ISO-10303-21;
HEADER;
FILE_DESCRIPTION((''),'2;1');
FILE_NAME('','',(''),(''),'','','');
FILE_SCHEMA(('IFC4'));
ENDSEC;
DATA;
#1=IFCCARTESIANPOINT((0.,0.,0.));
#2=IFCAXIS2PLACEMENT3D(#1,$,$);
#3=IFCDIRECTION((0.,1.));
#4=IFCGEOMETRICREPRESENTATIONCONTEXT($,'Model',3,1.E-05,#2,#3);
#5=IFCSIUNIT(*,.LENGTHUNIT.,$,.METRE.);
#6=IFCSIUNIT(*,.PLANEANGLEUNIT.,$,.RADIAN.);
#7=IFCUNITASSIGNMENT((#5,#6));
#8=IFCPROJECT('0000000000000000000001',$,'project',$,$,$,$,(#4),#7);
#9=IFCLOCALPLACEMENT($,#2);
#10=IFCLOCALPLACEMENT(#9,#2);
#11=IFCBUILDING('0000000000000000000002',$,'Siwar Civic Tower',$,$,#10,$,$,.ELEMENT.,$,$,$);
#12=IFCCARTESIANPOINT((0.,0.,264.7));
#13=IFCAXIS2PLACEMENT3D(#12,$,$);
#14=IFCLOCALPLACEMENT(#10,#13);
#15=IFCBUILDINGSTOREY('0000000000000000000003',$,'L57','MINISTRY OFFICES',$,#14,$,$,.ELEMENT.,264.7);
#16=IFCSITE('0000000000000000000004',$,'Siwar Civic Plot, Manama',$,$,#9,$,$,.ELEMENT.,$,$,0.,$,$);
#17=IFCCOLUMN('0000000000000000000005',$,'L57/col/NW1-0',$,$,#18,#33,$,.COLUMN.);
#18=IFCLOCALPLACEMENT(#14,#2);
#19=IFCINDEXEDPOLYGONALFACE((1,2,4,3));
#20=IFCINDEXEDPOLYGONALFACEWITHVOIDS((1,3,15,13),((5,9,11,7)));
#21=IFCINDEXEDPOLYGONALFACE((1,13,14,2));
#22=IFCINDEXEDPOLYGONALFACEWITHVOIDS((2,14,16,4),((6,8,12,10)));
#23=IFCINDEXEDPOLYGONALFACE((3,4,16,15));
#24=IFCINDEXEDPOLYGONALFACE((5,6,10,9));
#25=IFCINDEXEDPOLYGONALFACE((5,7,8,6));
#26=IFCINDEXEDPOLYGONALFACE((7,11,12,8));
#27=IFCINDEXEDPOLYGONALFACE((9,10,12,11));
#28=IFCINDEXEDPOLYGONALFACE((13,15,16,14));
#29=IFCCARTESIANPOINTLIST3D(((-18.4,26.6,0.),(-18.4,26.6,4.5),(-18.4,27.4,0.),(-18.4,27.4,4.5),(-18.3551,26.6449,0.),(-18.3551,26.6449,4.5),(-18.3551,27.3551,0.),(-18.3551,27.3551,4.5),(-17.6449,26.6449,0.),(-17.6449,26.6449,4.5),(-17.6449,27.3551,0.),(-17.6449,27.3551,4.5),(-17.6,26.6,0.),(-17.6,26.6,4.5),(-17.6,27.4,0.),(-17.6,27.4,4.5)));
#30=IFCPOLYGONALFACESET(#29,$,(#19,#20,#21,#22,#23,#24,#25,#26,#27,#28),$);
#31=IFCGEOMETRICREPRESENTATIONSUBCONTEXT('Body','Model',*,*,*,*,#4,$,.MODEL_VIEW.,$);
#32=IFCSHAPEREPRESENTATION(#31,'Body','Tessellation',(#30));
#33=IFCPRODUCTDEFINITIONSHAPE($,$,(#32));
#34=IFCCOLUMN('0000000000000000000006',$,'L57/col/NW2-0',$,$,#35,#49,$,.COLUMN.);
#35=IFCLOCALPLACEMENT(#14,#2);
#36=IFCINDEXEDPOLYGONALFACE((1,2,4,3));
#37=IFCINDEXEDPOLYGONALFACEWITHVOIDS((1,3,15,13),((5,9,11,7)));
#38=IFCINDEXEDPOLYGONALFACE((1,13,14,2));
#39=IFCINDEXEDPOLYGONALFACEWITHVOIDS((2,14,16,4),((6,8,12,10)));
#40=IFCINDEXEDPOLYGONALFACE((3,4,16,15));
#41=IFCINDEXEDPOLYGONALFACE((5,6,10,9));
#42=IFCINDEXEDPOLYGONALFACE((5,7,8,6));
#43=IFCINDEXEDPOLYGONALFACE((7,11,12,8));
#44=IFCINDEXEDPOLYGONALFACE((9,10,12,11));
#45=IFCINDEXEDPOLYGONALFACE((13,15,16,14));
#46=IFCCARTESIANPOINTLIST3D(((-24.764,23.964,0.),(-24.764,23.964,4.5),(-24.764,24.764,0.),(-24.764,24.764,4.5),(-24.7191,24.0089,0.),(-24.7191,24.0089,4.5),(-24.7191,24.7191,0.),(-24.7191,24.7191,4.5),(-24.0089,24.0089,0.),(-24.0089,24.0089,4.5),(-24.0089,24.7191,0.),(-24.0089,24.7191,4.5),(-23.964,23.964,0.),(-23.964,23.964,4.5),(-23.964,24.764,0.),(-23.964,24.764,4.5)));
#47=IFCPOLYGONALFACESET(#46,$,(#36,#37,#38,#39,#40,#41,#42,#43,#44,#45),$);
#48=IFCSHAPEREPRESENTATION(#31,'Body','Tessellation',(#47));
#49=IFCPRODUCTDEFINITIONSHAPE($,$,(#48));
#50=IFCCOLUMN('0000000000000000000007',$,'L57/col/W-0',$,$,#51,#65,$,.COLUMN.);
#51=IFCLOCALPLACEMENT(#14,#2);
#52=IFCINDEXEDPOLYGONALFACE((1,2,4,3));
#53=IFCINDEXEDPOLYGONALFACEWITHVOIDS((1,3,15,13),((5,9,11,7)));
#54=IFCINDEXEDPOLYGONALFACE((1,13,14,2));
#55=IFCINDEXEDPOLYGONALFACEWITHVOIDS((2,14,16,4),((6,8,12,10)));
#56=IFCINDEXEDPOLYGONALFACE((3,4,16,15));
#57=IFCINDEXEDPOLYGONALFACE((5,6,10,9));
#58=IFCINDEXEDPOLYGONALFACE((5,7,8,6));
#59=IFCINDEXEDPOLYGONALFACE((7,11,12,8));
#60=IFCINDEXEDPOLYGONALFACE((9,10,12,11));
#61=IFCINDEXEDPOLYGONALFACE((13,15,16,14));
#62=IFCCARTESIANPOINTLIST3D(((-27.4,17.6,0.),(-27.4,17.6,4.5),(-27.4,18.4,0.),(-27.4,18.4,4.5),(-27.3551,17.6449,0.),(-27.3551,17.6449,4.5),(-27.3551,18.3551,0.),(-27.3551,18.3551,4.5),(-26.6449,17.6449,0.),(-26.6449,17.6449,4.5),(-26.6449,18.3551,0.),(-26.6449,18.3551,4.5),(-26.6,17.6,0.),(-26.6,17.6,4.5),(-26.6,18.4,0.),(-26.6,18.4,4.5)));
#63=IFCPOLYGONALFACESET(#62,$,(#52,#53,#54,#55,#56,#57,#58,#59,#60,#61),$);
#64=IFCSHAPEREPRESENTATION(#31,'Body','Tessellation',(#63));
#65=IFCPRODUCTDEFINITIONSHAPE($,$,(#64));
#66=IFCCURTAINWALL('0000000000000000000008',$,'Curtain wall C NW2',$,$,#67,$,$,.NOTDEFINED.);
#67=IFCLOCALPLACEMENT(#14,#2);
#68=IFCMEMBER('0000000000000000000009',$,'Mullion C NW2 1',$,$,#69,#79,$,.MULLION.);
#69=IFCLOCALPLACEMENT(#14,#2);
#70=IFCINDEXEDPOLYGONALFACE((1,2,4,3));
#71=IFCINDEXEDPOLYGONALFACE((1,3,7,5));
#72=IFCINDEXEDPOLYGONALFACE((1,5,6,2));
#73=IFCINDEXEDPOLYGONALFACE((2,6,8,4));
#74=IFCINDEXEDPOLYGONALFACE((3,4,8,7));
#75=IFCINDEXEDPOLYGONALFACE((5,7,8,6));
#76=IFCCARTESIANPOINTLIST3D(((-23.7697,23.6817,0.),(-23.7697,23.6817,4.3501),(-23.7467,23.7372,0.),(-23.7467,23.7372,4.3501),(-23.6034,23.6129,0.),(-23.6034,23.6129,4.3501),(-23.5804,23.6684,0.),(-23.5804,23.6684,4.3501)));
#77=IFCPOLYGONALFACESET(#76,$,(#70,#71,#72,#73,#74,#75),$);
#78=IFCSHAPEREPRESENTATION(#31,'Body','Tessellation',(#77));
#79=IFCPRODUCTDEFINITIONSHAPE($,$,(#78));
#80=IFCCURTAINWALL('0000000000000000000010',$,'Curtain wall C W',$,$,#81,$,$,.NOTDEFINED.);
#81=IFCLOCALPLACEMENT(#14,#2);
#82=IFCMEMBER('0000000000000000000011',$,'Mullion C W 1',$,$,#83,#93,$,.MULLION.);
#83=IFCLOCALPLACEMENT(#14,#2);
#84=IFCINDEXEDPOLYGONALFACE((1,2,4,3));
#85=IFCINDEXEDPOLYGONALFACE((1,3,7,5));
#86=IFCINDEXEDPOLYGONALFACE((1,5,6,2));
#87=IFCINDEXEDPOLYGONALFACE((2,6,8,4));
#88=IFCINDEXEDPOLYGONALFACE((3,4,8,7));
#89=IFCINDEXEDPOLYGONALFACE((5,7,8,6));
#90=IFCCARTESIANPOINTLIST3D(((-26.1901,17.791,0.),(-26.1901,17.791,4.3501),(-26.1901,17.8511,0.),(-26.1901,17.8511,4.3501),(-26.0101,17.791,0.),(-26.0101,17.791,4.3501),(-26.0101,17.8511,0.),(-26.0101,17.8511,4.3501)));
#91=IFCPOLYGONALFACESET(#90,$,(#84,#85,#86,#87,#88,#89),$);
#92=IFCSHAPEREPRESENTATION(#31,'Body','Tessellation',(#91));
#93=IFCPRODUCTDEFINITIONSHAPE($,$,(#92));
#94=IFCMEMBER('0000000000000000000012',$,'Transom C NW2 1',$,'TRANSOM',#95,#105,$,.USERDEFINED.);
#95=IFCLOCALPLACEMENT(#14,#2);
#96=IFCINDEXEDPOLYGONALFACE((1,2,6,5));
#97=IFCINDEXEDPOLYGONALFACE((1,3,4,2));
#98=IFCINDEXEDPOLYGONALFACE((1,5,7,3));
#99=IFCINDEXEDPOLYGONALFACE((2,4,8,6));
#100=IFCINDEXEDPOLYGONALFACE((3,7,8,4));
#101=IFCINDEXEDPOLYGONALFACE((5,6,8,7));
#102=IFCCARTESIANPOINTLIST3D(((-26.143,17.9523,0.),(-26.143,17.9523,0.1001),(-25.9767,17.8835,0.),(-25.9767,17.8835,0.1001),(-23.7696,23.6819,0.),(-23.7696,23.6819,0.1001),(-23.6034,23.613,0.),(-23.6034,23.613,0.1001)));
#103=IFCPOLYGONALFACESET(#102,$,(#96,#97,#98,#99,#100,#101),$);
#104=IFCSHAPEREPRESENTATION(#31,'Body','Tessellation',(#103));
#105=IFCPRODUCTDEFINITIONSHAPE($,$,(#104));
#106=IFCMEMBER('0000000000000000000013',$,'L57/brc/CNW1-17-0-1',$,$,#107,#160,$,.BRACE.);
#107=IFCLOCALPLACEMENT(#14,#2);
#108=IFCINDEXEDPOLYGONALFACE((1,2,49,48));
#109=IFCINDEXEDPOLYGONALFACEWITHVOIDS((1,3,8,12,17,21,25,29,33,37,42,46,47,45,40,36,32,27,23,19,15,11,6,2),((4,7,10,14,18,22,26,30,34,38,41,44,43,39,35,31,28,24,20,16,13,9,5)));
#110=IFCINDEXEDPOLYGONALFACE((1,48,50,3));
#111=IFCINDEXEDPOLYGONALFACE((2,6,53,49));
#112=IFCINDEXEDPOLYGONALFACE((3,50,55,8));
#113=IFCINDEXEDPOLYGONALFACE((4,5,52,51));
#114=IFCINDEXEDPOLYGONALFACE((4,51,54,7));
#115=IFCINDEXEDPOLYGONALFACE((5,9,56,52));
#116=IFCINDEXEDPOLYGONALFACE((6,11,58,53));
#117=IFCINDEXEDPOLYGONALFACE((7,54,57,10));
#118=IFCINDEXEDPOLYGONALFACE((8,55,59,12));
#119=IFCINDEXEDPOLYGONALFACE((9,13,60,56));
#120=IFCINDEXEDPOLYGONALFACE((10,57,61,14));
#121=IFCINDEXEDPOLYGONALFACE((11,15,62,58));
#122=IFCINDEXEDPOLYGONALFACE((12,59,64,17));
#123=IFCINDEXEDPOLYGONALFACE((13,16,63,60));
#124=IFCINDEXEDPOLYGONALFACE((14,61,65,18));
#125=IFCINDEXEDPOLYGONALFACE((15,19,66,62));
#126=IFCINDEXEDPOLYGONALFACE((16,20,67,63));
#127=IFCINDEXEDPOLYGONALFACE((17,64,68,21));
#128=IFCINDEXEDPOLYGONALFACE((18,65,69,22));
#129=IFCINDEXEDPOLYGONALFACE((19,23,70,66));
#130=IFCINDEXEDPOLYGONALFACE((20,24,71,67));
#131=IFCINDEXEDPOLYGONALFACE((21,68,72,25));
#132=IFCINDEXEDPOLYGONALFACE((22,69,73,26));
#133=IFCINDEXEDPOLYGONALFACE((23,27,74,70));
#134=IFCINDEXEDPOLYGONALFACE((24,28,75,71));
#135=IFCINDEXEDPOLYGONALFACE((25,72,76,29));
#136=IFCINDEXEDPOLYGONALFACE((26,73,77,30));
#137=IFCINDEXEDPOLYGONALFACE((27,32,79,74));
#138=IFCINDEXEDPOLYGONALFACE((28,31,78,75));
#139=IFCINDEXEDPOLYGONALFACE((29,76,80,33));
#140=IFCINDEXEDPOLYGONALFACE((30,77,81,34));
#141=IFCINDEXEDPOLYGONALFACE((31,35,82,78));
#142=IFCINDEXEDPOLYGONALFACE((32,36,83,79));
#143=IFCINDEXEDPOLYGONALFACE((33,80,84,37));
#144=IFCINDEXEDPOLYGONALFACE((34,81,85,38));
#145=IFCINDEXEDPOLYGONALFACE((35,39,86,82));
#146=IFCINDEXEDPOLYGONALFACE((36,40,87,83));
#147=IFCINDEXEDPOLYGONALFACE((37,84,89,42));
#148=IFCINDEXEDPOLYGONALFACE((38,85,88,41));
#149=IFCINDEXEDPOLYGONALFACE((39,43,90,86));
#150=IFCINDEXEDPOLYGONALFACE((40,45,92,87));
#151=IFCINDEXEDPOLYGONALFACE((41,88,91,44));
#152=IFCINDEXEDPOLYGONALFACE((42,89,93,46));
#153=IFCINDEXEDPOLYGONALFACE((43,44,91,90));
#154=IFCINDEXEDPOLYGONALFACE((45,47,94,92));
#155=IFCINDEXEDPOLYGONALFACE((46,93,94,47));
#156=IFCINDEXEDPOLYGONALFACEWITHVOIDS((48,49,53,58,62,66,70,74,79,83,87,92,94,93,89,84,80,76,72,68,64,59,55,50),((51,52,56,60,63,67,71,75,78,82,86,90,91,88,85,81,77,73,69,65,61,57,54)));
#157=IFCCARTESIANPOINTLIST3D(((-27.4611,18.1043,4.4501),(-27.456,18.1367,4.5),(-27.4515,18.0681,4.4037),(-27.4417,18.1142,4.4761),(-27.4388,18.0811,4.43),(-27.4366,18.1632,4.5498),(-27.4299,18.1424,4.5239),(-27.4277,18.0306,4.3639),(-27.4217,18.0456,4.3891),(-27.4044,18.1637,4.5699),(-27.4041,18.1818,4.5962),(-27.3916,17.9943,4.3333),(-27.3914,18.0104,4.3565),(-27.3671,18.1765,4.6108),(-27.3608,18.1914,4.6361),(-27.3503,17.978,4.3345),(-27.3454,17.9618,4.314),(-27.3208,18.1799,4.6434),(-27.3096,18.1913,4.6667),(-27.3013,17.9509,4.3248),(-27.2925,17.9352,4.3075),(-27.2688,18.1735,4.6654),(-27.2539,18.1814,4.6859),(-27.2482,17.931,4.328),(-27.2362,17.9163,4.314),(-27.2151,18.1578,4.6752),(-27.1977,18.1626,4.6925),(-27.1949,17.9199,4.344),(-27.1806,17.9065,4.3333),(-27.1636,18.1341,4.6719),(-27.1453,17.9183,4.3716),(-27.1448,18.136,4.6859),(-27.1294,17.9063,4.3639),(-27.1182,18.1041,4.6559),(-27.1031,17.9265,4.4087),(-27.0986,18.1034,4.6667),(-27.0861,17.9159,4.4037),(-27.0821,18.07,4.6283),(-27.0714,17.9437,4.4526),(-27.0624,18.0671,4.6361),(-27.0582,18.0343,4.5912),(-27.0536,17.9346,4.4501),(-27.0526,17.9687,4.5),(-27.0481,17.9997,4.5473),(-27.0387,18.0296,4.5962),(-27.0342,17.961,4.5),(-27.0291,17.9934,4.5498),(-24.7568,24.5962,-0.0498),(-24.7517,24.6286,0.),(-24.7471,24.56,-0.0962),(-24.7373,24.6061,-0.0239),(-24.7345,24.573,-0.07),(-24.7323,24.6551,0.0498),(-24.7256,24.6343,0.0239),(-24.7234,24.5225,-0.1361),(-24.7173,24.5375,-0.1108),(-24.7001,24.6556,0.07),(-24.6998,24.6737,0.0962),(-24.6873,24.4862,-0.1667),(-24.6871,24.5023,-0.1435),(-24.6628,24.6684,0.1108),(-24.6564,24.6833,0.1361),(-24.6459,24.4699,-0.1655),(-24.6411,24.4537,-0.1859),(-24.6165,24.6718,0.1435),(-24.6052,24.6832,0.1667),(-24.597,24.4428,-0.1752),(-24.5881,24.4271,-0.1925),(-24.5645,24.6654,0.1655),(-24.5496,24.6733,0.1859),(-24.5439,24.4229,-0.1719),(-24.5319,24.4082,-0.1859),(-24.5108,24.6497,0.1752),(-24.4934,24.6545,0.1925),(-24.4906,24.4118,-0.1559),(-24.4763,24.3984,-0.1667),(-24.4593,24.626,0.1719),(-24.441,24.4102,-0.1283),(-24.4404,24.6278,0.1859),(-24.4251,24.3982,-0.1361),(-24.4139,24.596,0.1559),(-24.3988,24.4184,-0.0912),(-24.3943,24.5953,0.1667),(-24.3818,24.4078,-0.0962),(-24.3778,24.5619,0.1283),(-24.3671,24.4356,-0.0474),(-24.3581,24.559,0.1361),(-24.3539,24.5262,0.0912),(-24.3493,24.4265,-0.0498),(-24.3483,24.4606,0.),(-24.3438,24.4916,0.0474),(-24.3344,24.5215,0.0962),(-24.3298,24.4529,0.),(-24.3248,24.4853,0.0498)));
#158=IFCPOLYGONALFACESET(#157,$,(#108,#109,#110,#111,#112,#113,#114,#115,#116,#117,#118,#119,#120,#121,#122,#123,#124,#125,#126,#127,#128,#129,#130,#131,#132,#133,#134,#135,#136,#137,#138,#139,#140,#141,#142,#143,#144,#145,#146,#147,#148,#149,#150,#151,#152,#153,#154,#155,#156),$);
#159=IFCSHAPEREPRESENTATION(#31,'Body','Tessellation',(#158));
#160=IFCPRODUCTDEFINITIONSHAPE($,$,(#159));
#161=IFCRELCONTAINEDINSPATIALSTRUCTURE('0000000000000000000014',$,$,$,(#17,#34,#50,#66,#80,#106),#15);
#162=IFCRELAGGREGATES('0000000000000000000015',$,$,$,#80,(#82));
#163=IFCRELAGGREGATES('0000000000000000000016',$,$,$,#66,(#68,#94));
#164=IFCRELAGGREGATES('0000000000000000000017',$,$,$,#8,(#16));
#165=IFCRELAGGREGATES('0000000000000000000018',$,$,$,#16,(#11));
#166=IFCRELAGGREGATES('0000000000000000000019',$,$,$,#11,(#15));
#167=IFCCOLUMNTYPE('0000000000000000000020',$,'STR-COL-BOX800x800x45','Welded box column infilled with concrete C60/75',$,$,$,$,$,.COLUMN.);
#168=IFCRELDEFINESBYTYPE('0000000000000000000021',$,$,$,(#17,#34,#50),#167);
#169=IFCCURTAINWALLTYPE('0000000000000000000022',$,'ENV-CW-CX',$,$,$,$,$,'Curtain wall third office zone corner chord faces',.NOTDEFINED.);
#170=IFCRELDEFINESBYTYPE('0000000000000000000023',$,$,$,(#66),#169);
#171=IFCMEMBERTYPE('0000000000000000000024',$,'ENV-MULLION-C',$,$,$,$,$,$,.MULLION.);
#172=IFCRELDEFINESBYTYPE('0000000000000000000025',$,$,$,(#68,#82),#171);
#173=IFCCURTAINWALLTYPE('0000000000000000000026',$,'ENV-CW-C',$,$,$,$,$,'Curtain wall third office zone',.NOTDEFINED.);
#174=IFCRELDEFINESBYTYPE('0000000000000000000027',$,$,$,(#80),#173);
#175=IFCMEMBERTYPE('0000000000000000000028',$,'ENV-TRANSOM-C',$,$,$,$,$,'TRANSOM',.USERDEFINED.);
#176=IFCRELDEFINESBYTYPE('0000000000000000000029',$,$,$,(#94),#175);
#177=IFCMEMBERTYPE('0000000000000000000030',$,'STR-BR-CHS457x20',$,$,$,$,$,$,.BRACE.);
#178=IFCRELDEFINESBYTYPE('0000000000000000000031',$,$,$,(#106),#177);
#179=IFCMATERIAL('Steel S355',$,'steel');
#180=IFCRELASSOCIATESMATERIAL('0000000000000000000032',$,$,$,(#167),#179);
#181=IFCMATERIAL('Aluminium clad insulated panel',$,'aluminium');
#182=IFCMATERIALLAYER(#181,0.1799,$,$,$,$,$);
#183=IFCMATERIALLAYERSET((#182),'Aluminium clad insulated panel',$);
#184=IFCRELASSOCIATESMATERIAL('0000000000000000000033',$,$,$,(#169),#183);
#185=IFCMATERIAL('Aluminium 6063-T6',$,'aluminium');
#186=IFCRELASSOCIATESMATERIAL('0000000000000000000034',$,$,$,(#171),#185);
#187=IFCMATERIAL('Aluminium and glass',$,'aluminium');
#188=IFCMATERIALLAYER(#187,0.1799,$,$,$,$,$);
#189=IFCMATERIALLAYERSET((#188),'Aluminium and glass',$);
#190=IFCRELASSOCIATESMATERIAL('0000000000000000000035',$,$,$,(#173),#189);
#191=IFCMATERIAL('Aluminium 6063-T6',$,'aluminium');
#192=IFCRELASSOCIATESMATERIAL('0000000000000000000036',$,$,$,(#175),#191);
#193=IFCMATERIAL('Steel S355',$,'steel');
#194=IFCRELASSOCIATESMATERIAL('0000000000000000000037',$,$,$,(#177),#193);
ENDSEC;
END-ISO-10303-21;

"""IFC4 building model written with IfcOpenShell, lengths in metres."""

from ifc_helpers import new_model, si_unit, direction, frame, origin, origin_2d, place, context, subcontext, project, spatial, rectangle, hollow_rectangle, hollow_circle, extrude, material, layer, layer_set, material_profile, profile_set, type_object, element, aggregate, save


model = new_model("IFC4")

# Units and contexts
model_context = context("Model", 3, precision=1e-05, world=origin(), true_north=direction((0.0, 1.0)))
body_context = subcontext(model_context, "Body", "Model", "MODEL_VIEW")
ifc_project = project(units=[si_unit("LENGTHUNIT", "METRE"), si_unit("PLANEANGLEUNIT", "RADIAN")], contexts=[model_context])

# Site, building, storey
site_placement = place(None, origin())
site = spatial("IfcSite", under=ifc_project, at=site_placement, Name="Siwar Civic Plot, Manama", CompositionType="ELEMENT", RefElevation=0.0)
building_placement = place(site_placement, origin())
building = spatial("IfcBuilding", under=site, at=building_placement, Name="Siwar Civic Tower", CompositionType="ELEMENT")
storey_placement = place(building_placement, frame((0.0, 0.0, 264.7)))
storey = spatial("IfcBuildingStorey", under=building, at=storey_placement, Name="L57", Description="MINISTRY OFFICES", CompositionType="ELEMENT", Elevation=264.7)

# Columns
ifc_material_1 = material(Name="Steel S355", Category="steel")
ifc_material_profile_1 = material_profile(ifc_material_1, hollow_rectangle(XDim=0.8, YDim=0.8, WallThickness=0.0449, at=origin_2d()), Name="BOX800x800x45")
ifc_profile_set_1 = profile_set([ifc_material_profile_1], Name="Steel S355")
column_type = type_object("IfcColumnType", Name="STR-COL-BOX800x800x45", Description="Welded box column infilled with concrete C60/75", PredefinedType="COLUMN", material=ifc_profile_set_1)
for number, where, z_axis, x_axis, name in (
    (1, (-18.0, 27.0, 0.0), (0.0, 0.0, 1.0), (1.0, 0.0, 0.0), "L57/col/NW1-0"),
    (2, (-24.364, 24.364, 0.0), (0.0, 0.0, 1.0), (1.0, 0.0, 0.0), "L57/col/NW2-0"),
    (3, (-27.0, 18.0, 0.0), (0.0, 0.0, 1.0), (1.0, 0.0, 0.0), "L57/col/W-0"),
):
    element("IfcColumn", number, at=place(storey_placement, frame(where, z_axis=z_axis, x_axis=x_axis)), inside=storey, type_object=column_type, Name=name, PredefinedType="COLUMN", context=body_context, shape_type="SweptSolid", body=[
        extrude(hollow_rectangle(XDim=0.8, YDim=0.8, WallThickness=0.0449, at=origin_2d()), origin(), (0.0, 0.0, 1.0), 4.5),
    ])

# Curtain walls, members
ifc_material_2 = material(Name="Aluminium clad insulated panel", Category="aluminium")
ifc_layer_1 = layer(ifc_material_2, 0.1799)
ifc_layer_set_1 = layer_set([ifc_layer_1], Name="Aluminium clad insulated panel")
curtain_wall_type_1 = type_object("IfcCurtainWallType", Name="ENV-CW-CX", ElementType="Curtain wall third office zone corner chord faces", PredefinedType="NOTDEFINED", material=ifc_layer_set_1)
curtain_wall_1_placement = place(storey_placement, origin())
curtain_wall_1 = element("IfcCurtainWall", 4, at=curtain_wall_1_placement, inside=storey, type_object=curtain_wall_type_1, Name="Curtain wall C NW2", PredefinedType="NOTDEFINED")
ifc_material_3 = material(Name="Aluminium 6063-T6", Category="aluminium")
ifc_material_profile_2 = material_profile(ifc_material_3, rectangle(XDim=0.1799, YDim=0.0601, at=origin_2d()), Name="AL 180x60")
ifc_profile_set_2 = profile_set([ifc_material_profile_2], Name="Aluminium 6063-T6")
member_type_1 = type_object("IfcMemberType", Name="ENV-MULLION-C", PredefinedType="MULLION", material=ifc_profile_set_2)
member_1_placement = place(storey_placement, frame((-23.675, 23.675, 0.0), z_axis=(0.0, 0.0, 1.0), x_axis=(0.92388, -0.382683, 0.0)))
member_1 = element("IfcMember", 5, at=member_1_placement, type_object=member_type_1, Name="Mullion C NW2 1", PredefinedType="MULLION", context=body_context, shape_type="SweptSolid", body=[
    extrude(rectangle(XDim=0.1799, YDim=0.0601, at=origin_2d()), origin(), (0.0, 0.0, 1.0), 4.3501),
])
ifc_material_4 = material(Name="Aluminium and glass", Category="aluminium")
ifc_layer_2 = layer(ifc_material_4, 0.1799)
ifc_layer_set_2 = layer_set([ifc_layer_2], Name="Aluminium and glass")
curtain_wall_type_2 = type_object("IfcCurtainWallType", Name="ENV-CW-C", ElementType="Curtain wall third office zone", PredefinedType="NOTDEFINED", material=ifc_layer_set_2)
curtain_wall_2_placement = place(storey_placement, origin())
curtain_wall_2 = element("IfcCurtainWall", 6, at=curtain_wall_2_placement, inside=storey, type_object=curtain_wall_type_2, Name="Curtain wall C W", PredefinedType="NOTDEFINED")
member_2_placement = place(storey_placement, frame((-26.1001, 17.821, 0.0), z_axis=(0.0, 0.0, 1.0), x_axis=(1.0, 0.0, 0.0)))
member_2 = element("IfcMember", 7, at=member_2_placement, type_object=member_type_1, Name="Mullion C W 1", PredefinedType="MULLION", context=body_context, shape_type="SweptSolid", body=[
    extrude(rectangle(XDim=0.1799, YDim=0.0601, at=origin_2d()), origin(), (0.0, 0.0, 1.0), 4.3501),
])
aggregate(curtain_wall_2, [member_2])

# Member
ifc_material_5 = material(Name="Aluminium 6063-T6", Category="aluminium")
ifc_material_profile_3 = material_profile(ifc_material_5, rectangle(XDim=0.1799, YDim=0.1001, at=origin_2d()), Name="AL 180x100")
ifc_profile_set_3 = profile_set([ifc_material_profile_3], Name="Aluminium 6063-T6")
member_type_2 = type_object("IfcMemberType", Name="ENV-TRANSOM-C", ElementType="TRANSOM", PredefinedType="USERDEFINED", material=ifc_profile_set_3)
member_3_placement = place(storey_placement, frame((-23.6865, 23.6475, 0.05), z_axis=(-0.382691, -0.923876, 0.0), x_axis=(0.923876, -0.382691, 0.0)))
member_3 = element("IfcMember", 8, at=member_3_placement, type_object=member_type_2, Name="Transom C NW2 1", ObjectType="TRANSOM", PredefinedType="USERDEFINED", context=body_context, shape_type="SweptSolid", body=[
    extrude(rectangle(XDim=0.1799, YDim=0.1001, at=origin_2d()), origin(), (0.0, 0.0, 1.0), 6.2017),
])

# Member
ifc_material_6 = material(Name="Steel S355", Category="steel")
ifc_material_profile_4 = material_profile(ifc_material_6, hollow_circle(Radius=0.2285, WallThickness=0.02, at=origin_2d()), Name="CHS457x20")
ifc_profile_set_4 = profile_set([ifc_material_profile_4], Name="Steel S355")
member_type_3 = type_object("IfcMemberType", Name="STR-BR-CHS457x20", PredefinedType="BRACE", material=ifc_profile_set_4)
member_4_placement = place(storey_placement, frame((-24.5408, 24.5408, 0.0), z_axis=(-0.323906, -0.777555, 0.538975), x_axis=(0.923109, -0.384539, 0.0)))
element("IfcMember", 9, at=member_4_placement, inside=storey, type_object=member_type_3, Name="L57/brc/CNW1-17-0-1", PredefinedType="BRACE", context=body_context, shape_type="SweptSolid", body=[
    extrude(hollow_circle(Radius=0.2285, WallThickness=0.02, at=origin_2d()), origin(), (0.0, 0.0, 1.0), 8.3491),
])

aggregate(curtain_wall_1, [member_1, member_3])

save(model, "model.ifc")
